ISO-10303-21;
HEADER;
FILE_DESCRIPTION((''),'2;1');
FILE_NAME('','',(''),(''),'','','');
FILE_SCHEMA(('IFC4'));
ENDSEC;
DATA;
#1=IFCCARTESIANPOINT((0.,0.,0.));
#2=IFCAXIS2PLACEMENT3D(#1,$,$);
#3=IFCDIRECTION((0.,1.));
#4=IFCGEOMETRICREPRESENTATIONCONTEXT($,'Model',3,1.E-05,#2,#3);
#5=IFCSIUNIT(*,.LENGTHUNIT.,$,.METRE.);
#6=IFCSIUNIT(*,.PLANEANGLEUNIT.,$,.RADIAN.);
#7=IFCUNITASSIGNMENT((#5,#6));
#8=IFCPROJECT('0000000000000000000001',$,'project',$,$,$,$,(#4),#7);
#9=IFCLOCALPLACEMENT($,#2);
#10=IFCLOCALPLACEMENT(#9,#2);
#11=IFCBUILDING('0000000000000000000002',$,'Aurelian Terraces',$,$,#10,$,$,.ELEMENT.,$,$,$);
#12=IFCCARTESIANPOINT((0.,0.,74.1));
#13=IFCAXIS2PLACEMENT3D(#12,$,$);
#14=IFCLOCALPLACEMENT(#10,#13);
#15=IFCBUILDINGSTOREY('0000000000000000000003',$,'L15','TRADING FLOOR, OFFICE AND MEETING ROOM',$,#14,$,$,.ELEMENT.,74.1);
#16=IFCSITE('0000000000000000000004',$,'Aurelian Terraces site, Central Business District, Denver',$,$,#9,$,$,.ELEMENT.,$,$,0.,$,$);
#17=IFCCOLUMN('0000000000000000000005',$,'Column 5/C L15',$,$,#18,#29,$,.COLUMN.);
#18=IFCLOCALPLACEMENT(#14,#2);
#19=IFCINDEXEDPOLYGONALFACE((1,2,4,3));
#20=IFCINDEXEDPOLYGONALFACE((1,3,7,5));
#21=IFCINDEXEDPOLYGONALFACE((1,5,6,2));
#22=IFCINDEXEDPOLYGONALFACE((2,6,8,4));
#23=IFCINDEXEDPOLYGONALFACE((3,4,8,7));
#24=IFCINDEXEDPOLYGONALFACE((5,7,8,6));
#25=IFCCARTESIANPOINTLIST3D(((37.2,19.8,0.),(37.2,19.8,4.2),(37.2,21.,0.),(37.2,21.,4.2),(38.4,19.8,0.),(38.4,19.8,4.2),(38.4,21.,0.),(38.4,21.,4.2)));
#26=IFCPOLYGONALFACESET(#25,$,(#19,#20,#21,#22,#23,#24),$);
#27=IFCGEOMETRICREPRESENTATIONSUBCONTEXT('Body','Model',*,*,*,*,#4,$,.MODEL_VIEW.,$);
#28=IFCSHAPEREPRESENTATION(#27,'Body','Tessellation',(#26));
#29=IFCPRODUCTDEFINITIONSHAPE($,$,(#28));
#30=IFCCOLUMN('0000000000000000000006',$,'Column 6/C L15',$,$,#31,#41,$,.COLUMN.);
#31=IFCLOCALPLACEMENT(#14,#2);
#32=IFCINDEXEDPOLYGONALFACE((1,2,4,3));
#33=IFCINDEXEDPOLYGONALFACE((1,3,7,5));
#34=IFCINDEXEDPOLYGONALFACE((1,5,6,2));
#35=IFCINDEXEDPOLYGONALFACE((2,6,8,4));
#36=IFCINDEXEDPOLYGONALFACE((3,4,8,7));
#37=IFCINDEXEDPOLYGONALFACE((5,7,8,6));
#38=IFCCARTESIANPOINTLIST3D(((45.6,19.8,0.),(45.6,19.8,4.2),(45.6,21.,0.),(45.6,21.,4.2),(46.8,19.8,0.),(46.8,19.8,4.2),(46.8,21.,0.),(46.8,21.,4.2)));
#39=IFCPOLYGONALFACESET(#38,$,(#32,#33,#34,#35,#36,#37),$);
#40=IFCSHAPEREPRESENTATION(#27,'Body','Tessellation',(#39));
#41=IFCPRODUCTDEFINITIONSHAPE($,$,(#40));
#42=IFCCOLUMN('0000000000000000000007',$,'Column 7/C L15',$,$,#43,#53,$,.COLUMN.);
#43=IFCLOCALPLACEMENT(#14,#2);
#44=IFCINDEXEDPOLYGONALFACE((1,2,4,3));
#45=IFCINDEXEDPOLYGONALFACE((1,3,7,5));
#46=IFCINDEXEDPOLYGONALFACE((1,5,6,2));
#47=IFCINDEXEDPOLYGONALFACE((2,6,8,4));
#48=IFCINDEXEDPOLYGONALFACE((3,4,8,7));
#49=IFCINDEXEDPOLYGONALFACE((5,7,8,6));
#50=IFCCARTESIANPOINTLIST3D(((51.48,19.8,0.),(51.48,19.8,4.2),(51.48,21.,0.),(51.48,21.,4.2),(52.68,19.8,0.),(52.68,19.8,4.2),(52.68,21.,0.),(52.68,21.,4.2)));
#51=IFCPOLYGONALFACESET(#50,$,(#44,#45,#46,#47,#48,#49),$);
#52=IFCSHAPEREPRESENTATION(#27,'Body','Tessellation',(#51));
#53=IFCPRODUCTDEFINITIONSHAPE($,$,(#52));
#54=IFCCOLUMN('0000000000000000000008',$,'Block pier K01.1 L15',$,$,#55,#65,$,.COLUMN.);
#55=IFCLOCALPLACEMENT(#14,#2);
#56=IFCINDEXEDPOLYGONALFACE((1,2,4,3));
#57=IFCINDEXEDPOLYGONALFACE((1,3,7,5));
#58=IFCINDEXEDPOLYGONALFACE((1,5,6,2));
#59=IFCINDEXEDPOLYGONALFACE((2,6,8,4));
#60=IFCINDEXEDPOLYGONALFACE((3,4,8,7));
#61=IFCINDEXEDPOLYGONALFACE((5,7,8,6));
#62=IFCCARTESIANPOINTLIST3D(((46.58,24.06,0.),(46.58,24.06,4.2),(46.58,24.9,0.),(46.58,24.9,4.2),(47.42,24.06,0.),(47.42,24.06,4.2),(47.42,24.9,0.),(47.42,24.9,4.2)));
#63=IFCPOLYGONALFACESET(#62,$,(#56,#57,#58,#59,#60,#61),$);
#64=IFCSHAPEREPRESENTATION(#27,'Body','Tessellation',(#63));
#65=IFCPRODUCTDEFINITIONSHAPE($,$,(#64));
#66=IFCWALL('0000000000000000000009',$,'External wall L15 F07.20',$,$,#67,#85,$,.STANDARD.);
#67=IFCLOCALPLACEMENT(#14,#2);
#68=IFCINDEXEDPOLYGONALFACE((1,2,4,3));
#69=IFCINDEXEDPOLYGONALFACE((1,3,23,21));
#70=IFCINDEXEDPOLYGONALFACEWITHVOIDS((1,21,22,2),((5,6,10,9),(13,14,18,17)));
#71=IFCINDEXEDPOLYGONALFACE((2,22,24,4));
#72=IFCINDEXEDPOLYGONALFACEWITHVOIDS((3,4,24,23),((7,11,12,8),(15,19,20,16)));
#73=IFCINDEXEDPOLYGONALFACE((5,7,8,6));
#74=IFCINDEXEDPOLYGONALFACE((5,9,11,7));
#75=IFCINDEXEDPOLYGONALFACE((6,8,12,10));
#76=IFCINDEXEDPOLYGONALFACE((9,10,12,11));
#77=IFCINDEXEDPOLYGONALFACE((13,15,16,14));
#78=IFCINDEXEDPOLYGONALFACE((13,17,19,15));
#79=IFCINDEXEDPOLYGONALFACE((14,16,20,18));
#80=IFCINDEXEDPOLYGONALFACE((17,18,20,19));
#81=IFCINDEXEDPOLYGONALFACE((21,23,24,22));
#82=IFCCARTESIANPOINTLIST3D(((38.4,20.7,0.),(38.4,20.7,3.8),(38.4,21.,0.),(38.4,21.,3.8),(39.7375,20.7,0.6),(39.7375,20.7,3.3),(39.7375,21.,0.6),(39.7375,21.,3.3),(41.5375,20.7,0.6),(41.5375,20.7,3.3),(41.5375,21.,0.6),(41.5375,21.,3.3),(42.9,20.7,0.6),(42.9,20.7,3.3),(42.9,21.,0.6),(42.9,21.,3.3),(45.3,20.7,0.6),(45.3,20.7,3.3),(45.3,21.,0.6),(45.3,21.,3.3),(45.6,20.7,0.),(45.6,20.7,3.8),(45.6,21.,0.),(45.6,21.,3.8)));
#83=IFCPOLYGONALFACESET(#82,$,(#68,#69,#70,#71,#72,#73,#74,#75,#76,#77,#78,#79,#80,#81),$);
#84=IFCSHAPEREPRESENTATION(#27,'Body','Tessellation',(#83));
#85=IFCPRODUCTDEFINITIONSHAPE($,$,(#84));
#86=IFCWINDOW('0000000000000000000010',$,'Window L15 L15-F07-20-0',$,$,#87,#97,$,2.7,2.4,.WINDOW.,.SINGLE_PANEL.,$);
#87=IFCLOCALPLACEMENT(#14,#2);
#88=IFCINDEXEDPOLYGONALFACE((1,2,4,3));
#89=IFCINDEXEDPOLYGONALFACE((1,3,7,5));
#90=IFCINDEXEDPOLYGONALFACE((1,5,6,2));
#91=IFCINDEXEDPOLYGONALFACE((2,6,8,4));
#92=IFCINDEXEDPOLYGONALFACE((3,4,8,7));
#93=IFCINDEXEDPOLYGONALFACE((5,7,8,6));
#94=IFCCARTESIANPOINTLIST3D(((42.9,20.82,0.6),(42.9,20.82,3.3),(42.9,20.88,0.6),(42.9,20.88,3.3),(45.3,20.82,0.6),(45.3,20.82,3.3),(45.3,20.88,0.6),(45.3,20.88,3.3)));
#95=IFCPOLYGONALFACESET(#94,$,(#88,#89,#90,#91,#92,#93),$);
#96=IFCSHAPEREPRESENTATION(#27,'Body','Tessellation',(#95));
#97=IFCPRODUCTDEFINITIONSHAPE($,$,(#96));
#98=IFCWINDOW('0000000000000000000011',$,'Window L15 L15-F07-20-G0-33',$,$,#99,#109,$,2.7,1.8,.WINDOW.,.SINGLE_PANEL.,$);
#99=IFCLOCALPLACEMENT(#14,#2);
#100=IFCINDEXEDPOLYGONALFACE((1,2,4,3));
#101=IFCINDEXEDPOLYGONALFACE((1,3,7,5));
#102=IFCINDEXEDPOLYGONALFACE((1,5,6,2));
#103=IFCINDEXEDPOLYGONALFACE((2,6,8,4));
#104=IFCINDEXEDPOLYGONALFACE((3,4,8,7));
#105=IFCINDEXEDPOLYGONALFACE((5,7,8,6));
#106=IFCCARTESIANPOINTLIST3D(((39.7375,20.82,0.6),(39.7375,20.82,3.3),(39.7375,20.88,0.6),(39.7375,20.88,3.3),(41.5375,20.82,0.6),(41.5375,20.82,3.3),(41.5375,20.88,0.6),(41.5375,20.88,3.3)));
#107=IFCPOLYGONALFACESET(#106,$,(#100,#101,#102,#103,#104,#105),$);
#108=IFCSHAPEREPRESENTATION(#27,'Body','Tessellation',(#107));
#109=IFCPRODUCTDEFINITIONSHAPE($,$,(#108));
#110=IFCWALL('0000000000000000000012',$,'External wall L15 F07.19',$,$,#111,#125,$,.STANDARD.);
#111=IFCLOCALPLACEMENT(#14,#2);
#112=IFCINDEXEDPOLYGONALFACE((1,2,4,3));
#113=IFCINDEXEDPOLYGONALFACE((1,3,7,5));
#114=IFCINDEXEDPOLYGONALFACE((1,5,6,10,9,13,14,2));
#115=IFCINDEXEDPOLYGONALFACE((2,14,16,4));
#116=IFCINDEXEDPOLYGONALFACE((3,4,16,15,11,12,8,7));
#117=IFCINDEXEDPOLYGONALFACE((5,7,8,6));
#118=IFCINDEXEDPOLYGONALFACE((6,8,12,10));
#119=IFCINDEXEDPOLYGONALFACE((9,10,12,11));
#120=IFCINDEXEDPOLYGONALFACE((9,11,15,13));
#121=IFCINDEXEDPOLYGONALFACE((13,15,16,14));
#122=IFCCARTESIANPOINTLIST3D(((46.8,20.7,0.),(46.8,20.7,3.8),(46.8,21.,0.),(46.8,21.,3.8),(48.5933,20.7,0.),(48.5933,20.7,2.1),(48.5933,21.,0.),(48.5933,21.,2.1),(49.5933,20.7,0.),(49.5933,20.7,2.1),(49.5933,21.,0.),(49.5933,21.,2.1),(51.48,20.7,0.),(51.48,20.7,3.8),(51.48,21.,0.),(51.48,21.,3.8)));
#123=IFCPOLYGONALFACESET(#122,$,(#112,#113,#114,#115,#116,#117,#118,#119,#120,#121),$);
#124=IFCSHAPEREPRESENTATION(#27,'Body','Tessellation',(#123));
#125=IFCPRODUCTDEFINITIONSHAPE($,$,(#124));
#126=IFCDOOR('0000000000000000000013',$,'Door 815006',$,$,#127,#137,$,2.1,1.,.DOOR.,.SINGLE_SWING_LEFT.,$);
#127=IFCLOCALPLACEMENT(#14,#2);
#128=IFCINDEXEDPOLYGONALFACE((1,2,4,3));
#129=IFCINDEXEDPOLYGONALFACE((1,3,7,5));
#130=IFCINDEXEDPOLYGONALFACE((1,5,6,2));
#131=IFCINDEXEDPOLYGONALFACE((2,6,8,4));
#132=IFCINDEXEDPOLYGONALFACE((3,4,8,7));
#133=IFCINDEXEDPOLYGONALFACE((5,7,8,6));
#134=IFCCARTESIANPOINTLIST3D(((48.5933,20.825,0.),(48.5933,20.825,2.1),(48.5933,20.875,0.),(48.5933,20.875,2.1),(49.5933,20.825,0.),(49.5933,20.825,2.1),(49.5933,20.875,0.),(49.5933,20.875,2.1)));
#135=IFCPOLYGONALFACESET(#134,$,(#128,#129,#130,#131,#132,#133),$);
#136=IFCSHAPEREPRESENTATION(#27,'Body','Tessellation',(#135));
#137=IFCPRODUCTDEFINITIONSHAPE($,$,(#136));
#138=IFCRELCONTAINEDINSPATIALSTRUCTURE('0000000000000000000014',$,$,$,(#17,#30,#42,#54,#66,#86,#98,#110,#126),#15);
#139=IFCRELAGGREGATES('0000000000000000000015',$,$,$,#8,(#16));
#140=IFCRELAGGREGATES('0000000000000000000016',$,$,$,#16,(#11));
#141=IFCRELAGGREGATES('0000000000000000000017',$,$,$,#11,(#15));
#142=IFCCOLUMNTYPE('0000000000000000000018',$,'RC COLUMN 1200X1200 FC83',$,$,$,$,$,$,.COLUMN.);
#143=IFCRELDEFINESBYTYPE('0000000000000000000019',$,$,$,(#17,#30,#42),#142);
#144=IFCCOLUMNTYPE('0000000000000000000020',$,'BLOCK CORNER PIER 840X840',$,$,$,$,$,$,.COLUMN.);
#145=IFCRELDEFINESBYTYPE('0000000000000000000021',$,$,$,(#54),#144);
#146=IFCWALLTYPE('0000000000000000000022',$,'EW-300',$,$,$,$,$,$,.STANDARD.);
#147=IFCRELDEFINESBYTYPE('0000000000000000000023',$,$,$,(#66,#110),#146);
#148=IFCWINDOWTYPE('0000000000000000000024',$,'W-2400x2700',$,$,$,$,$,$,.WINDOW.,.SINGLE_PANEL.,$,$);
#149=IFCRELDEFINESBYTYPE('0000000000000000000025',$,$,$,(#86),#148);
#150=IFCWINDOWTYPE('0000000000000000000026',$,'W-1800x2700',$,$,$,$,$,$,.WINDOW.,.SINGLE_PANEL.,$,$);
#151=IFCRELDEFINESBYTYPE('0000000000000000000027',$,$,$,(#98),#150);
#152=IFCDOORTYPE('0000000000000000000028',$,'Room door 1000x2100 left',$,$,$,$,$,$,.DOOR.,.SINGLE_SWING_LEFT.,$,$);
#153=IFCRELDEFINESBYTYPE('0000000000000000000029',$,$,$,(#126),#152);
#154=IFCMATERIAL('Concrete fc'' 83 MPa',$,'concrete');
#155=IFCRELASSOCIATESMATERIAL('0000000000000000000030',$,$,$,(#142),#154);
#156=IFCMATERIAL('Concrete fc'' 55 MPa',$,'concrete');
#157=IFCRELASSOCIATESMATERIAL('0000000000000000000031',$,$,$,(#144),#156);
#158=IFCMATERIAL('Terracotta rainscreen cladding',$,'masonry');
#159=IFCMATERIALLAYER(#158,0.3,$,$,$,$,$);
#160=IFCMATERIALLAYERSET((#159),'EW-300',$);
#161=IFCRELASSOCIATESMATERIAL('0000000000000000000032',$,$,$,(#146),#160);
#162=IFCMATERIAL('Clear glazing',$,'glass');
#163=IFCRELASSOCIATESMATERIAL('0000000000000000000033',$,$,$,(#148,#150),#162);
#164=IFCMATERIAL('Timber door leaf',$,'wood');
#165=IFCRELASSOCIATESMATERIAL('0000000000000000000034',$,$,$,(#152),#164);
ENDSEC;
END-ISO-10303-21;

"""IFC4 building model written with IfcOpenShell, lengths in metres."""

from ifc_helpers import new_model, si_unit, direction, frame, frame_2d, origin, origin_2d, place, context, subcontext, project, spatial, rectangle, extrude, source, transform, mapped, material, layer, layer_set, material_profile, profile_set, type_object, element, fill, save


model = new_model("IFC4")

# Units and contexts
model_context = context("Model", 3, precision=1e-05, world=origin(), true_north=direction((0.0, 1.0)))
body_context = subcontext(model_context, "Body", "Model", "MODEL_VIEW")
ifc_project = project(units=[si_unit("LENGTHUNIT", "METRE"), si_unit("PLANEANGLEUNIT", "RADIAN")], contexts=[model_context])

# Site, building, storey
site_placement = place(None, origin())
site = spatial("IfcSite", under=ifc_project, at=site_placement, Name="Aurelian Terraces site, Central Business District, Denver", CompositionType="ELEMENT", RefElevation=0.0)
building_placement = place(site_placement, origin())
building = spatial("IfcBuilding", under=site, at=building_placement, Name="Aurelian Terraces", CompositionType="ELEMENT")
storey_placement = place(building_placement, frame((0.0, 0.0, 74.1)))
storey = spatial("IfcBuildingStorey", under=building, at=storey_placement, Name="L15", Description="TRADING FLOOR, OFFICE AND MEETING ROOM", CompositionType="ELEMENT", Elevation=74.1)

# Columns
ifc_material_1 = material(Name="Concrete fc' 83 MPa", Category="concrete")
ifc_material_profile_1 = material_profile(ifc_material_1, rectangle(XDim=1.2, YDim=1.2, at=origin_2d()))
ifc_profile_set_1 = profile_set([ifc_material_profile_1], Name="Concrete fc' 83 MPa")
column_type_1 = type_object("IfcColumnType", Name="RC COLUMN 1200X1200 FC83", PredefinedType="COLUMN", material=ifc_profile_set_1)
shared_shape_1 = source(origin(), body_context, "Body", "SweptSolid", [
    extrude(rectangle(XDim=1.2, YDim=1.2, at=origin_2d()), origin(), (0.0, 0.0, 1.0), 4.2),
])
for number, where, z_axis, x_axis, name in (
    (1, (37.8, 20.4, 0.0), (0.0, 0.0, 1.0), (1.0, 0.0, 0.0), "Column 5/C L15"),
    (2, (46.2, 20.4, 0.0), (0.0, 0.0, 1.0), (1.0, 0.0, 0.0), "Column 6/C L15"),
    (3, (52.08, 20.4, 0.0), (0.0, 0.0, 1.0), (1.0, 0.0, 0.0), "Column 7/C L15"),
):
    element("IfcColumn", number, at=place(storey_placement, frame(where, z_axis=z_axis, x_axis=x_axis)), inside=storey, type_object=column_type_1, Name=name, PredefinedType="COLUMN", context=body_context, shape_type="MappedRepresentation", body=[
        mapped(shared_shape_1, transform((0.0, 0.0, 0.0), scale=1.0)),
    ])
ifc_material_2 = material(Name="Concrete fc' 55 MPa", Category="concrete")
ifc_material_profile_2 = material_profile(ifc_material_2, rectangle(XDim=0.84, YDim=0.84, at=origin_2d()))
ifc_profile_set_2 = profile_set([ifc_material_profile_2], Name="Concrete fc' 55 MPa")
column_type_2 = type_object("IfcColumnType", Name="BLOCK CORNER PIER 840X840", PredefinedType="COLUMN", material=ifc_profile_set_2)
shared_shape_2 = source(origin(), body_context, "Body", "SweptSolid", [
    extrude(rectangle(XDim=0.84, YDim=0.84, at=origin_2d()), origin(), (0.0, 0.0, 1.0), 4.2),
])
column_placement = place(storey_placement, frame((47.0, 24.48, 0.0), z_axis=(0.0, 0.0, 1.0), x_axis=(1.0, 0.0, 0.0)))
element("IfcColumn", 4, at=column_placement, inside=storey, type_object=column_type_2, Name="Block pier K01.1 L15", PredefinedType="COLUMN", context=body_context, shape_type="MappedRepresentation", body=[
    mapped(shared_shape_2, transform((0.0, 0.0, 0.0), scale=1.0)),
])

# Wall, openings, windows
ifc_material_3 = material(Name="Terracotta rainscreen cladding", Category="masonry")
ifc_layer_1 = layer(ifc_material_3, 0.3)
ifc_layer_set_1 = layer_set([ifc_layer_1], Name="EW-300")
wall_type_1 = type_object("IfcWallType", Name="EW-300", PredefinedType="STANDARD", material=ifc_layer_set_1)
shared_shape_3 = source(origin(), body_context, "Body", "SweptSolid", [
    extrude(rectangle(XDim=7.2, YDim=0.3, at=frame_2d((3.6, 0.0))), origin(), (0.0, 0.0, 1.0), 3.8),
])
wall_1_placement = place(storey_placement, frame((45.6, 20.85, 0.0), z_axis=(0.0, 0.0, 1.0), x_axis=(-1.0, 0.0, 0.0)))
wall_1 = element("IfcWall", 5, at=wall_1_placement, inside=storey, type_object=wall_type_1, Name="External wall L15 F07.20", PredefinedType="STANDARD", context=body_context, shape_type="MappedRepresentation", body=[
    mapped(shared_shape_3, transform((0.0, 0.0, 0.0), scale=1.0)),
])
shared_shape_4 = source(origin(), body_context, "Body", "SweptSolid", [
    extrude(rectangle(XDim=2.4, YDim=2.7, at=frame_2d((1.2, 1.35))), frame((0.0, 0.16, 0.0), z_axis=(0.0, -1.0, 0.0), x_axis=(1.0, 0.0, 0.0)), (0.0, 0.0, 1.0), 0.32),
])
opening_1_placement = place(wall_1_placement, frame((0.3, 0.0, 0.6)))
opening_1 = element("IfcOpeningElement", 6, at=opening_1_placement, cuts=wall_1, PredefinedType="OPENING", context=body_context, shape_type="MappedRepresentation", body=[
    mapped(shared_shape_4, transform((0.0, 0.0, 0.0), scale=1.0)),
])
shared_shape_5 = source(origin(), body_context, "Body", "SweptSolid", [
    extrude(rectangle(XDim=1.8, YDim=2.7, at=frame_2d((0.9, 1.35))), frame((0.0, 0.16, 0.0), z_axis=(0.0, -1.0, 0.0), x_axis=(1.0, 0.0, 0.0)), (0.0, 0.0, 1.0), 0.32),
])
opening_2_placement = place(wall_1_placement, frame((4.0625, 0.0, 0.6)))
opening_2 = element("IfcOpeningElement", 7, at=opening_2_placement, cuts=wall_1, PredefinedType="OPENING", context=body_context, shape_type="MappedRepresentation", body=[
    mapped(shared_shape_5, transform((0.0, 0.0, 0.0), scale=1.0)),
])
ifc_material_4 = material(Name="Clear glazing", Category="glass")
window_type_1 = type_object("IfcWindowType", Name="W-2400x2700", PartitioningType="SINGLE_PANEL", PredefinedType="WINDOW", material=ifc_material_4)
shared_shape_6 = source(origin(), body_context, "Body", "SweptSolid", [
    extrude(rectangle(XDim=2.4, YDim=2.7, at=frame_2d((1.2, 1.35))), frame((0.0, 0.03, 0.0), z_axis=(0.0, -1.0, 0.0), x_axis=(1.0, 0.0, 0.0)), (0.0, 0.0, 1.0), 0.06),
])
window_1_placement = place(opening_1_placement, origin())
window_1 = element("IfcWindow", 8, at=window_1_placement, inside=storey, type_object=window_type_1, Name="Window L15 L15-F07-20-0", OverallHeight=2.7, OverallWidth=2.4, PartitioningType="SINGLE_PANEL", PredefinedType="WINDOW", context=body_context, shape_type="MappedRepresentation", body=[
    mapped(shared_shape_6, transform((0.0, 0.0, 0.0), scale=1.0)),
])
fill(opening_1, window_1)
window_type_2 = type_object("IfcWindowType", Name="W-1800x2700", PartitioningType="SINGLE_PANEL", PredefinedType="WINDOW", material=ifc_material_4)
shared_shape_7 = source(origin(), body_context, "Body", "SweptSolid", [
    extrude(rectangle(XDim=1.8, YDim=2.7, at=frame_2d((0.9, 1.35))), frame((0.0, 0.03, 0.0), z_axis=(0.0, -1.0, 0.0), x_axis=(1.0, 0.0, 0.0)), (0.0, 0.0, 1.0), 0.06),
])
window_2_placement = place(opening_2_placement, origin())
window_2 = element("IfcWindow", 9, at=window_2_placement, inside=storey, type_object=window_type_2, Name="Window L15 L15-F07-20-G0-33", OverallHeight=2.7, OverallWidth=1.8, PartitioningType="SINGLE_PANEL", PredefinedType="WINDOW", context=body_context, shape_type="MappedRepresentation", body=[
    mapped(shared_shape_7, transform((0.0, 0.0, 0.0), scale=1.0)),
])
fill(opening_2, window_2)

# Wall, opening, door
shared_shape_8 = source(origin(), body_context, "Body", "SweptSolid", [
    extrude(rectangle(XDim=4.68, YDim=0.3, at=frame_2d((2.34, 0.0))), origin(), (0.0, 0.0, 1.0), 3.8),
])
wall_2_placement = place(storey_placement, frame((51.48, 20.85, 0.0), z_axis=(0.0, 0.0, 1.0), x_axis=(-1.0, 0.0, 0.0)))
wall_2 = element("IfcWall", 10, at=wall_2_placement, inside=storey, type_object=wall_type_1, Name="External wall L15 F07.19", PredefinedType="STANDARD", context=body_context, shape_type="MappedRepresentation", body=[
    mapped(shared_shape_8, transform((0.0, 0.0, 0.0), scale=1.0)),
])
shared_shape_9 = source(origin(), body_context, "Body", "SweptSolid", [
    extrude(rectangle(XDim=1.0, YDim=2.1, at=frame_2d((0.5, 1.05))), frame((0.0, 0.16, 0.0), z_axis=(0.0, -1.0, 0.0), x_axis=(1.0, 0.0, 0.0)), (0.0, 0.0, 1.0), 0.32),
])
opening_3_placement = place(wall_2_placement, frame((1.8867, 0.0, 0.0)))
opening_3 = element("IfcOpeningElement", 11, at=opening_3_placement, cuts=wall_2, PredefinedType="OPENING", context=body_context, shape_type="MappedRepresentation", body=[
    mapped(shared_shape_9, transform((0.0, 0.0, 0.0), scale=1.0)),
])
ifc_material_5 = material(Name="Timber door leaf", Category="wood")
door_type_1 = type_object("IfcDoorType", Name="Room door 1000x2100 left", OperationType="SINGLE_SWING_LEFT", PredefinedType="DOOR", material=ifc_material_5)
shared_shape_10 = source(origin(), body_context, "Body", "SweptSolid", [
    extrude(rectangle(XDim=1.0, YDim=2.1, at=frame_2d((0.5, 1.05))), frame((0.0, 0.025, 0.0), z_axis=(0.0, -1.0, 0.0), x_axis=(1.0, 0.0, 0.0)), (0.0, 0.0, 1.0), 0.05),
])
door_1_placement = place(opening_3_placement, origin())
door_1 = element("IfcDoor", 12, at=door_1_placement, inside=storey, type_object=door_type_1, Name="Door 815006", OperationType="SINGLE_SWING_LEFT", OverallHeight=2.1, OverallWidth=1.0, PredefinedType="DOOR", context=body_context, shape_type="MappedRepresentation", body=[
    mapped(shared_shape_10, transform((0.0, 0.0, 0.0), scale=1.0)),
])
fill(opening_3, door_1)

save(model, "model.ifc")
